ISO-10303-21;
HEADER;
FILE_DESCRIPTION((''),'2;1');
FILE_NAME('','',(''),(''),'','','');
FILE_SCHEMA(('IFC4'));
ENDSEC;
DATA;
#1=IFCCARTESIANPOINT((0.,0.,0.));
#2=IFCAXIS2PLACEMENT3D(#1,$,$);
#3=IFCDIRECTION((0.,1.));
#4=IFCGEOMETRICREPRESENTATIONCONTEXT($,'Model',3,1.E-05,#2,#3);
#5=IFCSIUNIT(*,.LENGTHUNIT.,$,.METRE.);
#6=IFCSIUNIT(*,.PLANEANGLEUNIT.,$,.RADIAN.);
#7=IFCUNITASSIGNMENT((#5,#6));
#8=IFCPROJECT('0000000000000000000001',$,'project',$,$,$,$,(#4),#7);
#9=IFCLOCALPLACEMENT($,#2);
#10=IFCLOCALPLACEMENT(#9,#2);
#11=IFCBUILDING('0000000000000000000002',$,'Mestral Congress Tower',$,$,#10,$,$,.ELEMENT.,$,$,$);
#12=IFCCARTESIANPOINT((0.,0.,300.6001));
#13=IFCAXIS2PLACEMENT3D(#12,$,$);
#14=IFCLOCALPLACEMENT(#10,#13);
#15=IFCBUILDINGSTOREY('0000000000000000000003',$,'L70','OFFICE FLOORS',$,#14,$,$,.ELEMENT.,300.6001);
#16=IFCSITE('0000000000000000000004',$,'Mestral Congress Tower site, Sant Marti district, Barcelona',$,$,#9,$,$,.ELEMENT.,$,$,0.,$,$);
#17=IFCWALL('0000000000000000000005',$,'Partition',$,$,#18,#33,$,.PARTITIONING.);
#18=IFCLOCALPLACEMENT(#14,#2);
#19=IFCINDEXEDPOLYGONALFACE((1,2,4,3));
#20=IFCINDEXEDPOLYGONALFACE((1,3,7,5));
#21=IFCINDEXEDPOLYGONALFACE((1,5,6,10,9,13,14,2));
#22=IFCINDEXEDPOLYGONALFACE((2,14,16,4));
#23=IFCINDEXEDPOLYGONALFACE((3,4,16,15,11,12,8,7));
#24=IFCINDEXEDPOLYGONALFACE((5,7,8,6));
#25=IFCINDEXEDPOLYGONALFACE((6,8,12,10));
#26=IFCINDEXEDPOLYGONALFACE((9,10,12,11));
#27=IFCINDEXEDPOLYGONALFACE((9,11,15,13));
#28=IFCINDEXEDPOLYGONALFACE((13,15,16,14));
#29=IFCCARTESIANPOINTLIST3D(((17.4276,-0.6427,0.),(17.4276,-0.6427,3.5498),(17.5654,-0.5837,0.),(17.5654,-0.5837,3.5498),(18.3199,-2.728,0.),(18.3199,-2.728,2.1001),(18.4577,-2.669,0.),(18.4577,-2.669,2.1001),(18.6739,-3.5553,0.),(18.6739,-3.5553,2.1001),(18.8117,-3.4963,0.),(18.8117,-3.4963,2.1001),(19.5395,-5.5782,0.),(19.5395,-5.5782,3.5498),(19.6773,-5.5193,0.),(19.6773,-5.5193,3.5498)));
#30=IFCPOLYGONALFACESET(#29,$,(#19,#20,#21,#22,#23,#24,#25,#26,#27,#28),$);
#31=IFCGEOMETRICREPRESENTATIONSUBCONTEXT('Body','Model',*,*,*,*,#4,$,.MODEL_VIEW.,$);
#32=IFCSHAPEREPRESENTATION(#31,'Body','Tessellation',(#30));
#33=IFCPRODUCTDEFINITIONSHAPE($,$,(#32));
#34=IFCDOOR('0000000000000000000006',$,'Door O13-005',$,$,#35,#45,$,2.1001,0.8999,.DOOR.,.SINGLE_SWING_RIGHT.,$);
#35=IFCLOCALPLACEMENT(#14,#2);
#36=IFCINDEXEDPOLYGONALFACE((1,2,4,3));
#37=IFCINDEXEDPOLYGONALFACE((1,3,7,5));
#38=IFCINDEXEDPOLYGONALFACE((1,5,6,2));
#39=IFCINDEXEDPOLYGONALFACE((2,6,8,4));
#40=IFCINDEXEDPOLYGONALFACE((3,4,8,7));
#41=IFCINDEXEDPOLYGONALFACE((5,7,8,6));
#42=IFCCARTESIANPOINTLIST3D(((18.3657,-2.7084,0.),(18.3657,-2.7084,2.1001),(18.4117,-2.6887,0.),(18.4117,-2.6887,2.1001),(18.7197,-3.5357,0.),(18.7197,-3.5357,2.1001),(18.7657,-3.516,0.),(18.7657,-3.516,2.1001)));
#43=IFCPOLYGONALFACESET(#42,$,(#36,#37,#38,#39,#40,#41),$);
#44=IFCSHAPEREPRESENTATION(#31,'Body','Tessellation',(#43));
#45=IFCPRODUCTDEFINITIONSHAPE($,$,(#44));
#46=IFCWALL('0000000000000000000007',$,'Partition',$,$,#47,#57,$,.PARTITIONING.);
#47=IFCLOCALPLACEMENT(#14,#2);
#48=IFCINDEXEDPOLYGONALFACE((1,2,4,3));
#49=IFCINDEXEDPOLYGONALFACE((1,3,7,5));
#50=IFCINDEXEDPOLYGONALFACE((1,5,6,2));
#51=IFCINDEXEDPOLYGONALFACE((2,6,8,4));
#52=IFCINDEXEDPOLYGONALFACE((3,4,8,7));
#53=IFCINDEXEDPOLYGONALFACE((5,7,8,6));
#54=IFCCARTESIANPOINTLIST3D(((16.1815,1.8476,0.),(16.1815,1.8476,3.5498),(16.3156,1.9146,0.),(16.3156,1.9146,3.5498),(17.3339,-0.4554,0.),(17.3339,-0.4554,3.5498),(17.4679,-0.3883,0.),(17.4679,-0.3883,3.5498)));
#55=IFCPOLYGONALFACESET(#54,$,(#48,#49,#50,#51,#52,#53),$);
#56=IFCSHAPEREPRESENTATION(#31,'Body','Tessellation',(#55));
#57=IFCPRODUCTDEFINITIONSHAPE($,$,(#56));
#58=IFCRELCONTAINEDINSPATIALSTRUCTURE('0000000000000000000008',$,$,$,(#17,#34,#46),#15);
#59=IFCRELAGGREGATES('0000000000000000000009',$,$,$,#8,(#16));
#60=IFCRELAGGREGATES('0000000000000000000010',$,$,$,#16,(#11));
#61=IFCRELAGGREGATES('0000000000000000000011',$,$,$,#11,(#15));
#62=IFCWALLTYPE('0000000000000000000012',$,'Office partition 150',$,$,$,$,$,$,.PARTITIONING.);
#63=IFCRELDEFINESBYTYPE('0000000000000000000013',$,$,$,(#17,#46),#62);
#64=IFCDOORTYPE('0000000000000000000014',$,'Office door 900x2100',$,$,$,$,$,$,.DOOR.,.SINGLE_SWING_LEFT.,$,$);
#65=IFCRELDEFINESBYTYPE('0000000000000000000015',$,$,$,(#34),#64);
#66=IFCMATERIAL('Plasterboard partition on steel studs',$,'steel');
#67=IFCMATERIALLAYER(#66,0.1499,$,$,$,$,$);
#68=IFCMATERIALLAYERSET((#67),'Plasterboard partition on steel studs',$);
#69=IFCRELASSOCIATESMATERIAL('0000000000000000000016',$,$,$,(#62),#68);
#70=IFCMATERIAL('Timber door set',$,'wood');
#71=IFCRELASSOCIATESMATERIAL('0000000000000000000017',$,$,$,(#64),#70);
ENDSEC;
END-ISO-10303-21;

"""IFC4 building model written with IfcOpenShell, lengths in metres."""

from ifc_helpers import new_model, si_unit, direction, frame, frame_2d, origin, place, context, subcontext, project, spatial, rectangle, extrude, material, layer, layer_set, type_object, element, fill, save


model = new_model("IFC4")

# Units and contexts
model_context = context("Model", 3, precision=1e-05, world=origin(), true_north=direction((0.0, 1.0)))
body_context = subcontext(model_context, "Body", "Model", "MODEL_VIEW")
ifc_project = project(units=[si_unit("LENGTHUNIT", "METRE"), si_unit("PLANEANGLEUNIT", "RADIAN")], contexts=[model_context])

# Site, building, storey
site_placement = place(None, origin())
site = spatial("IfcSite", under=ifc_project, at=site_placement, Name="Mestral Congress Tower site, Sant Marti district, Barcelona", CompositionType="ELEMENT", RefElevation=0.0)
building_placement = place(site_placement, origin())
building = spatial("IfcBuilding", under=site, at=building_placement, Name="Mestral Congress Tower", CompositionType="ELEMENT")
storey_placement = place(building_placement, frame((0.0, 0.0, 300.6001)))
storey = spatial("IfcBuildingStorey", under=building, at=storey_placement, Name="L70", Description="OFFICE FLOORS", CompositionType="ELEMENT", Elevation=300.6001)

# Wall, opening, door
ifc_material_1 = material(Name="Plasterboard partition on steel studs", Category="steel")
ifc_layer_1 = layer(ifc_material_1, 0.1499)
ifc_layer_set_1 = layer_set([ifc_layer_1], Name="Plasterboard partition on steel studs")
wall_type_1 = type_object("IfcWallType", Name="Office partition 150", PredefinedType="PARTITIONING", material=ifc_layer_set_1)
wall_1_placement = place(storey_placement, frame((17.4966, -0.6133, 0.0), z_axis=(0.0, 0.0, 1.0), x_axis=(0.393381, -0.919375, 0.0)))
wall_1 = element("IfcWall", 1, at=wall_1_placement, inside=storey, type_object=wall_type_1, Name="Partition", PredefinedType="PARTITIONING", context=body_context, shape_type="SweptSolid", body=[
    extrude(rectangle(XDim=5.3684, YDim=0.1499, at=frame_2d((2.6841, 0.0))), origin(), (0.0, 0.0, 1.0), 3.5498),
])
opening_1_placement = place(wall_1_placement, frame((2.2681, 0.0, 0.0)))
opening_1 = element("IfcOpeningElement", 2, at=opening_1_placement, cuts=wall_1, PredefinedType="OPENING", context=body_context, shape_type="SweptSolid", body=[
    extrude(rectangle(XDim=0.8999, YDim=2.1001, at=frame_2d((0.45, 1.05))), frame((0.0, 0.085, 0.0), z_axis=(0.0, -1.0, 0.0), x_axis=(1.0, 0.0, 0.0)), (0.0, 0.0, 1.0), 0.1699),
])
ifc_material_2 = material(Name="Timber door set", Category="wood")
door_type = type_object("IfcDoorType", Name="Office door 900x2100", OperationType="SINGLE_SWING_LEFT", PredefinedType="DOOR", material=ifc_material_2)
door_placement = place(opening_1_placement, origin())
door = element("IfcDoor", 3, at=door_placement, inside=storey, type_object=door_type, Name="Door O13-005", OperationType="SINGLE_SWING_RIGHT", OverallHeight=2.1001, OverallWidth=0.8999, PredefinedType="DOOR", context=body_context, shape_type="SweptSolid", body=[
    extrude(rectangle(XDim=0.8999, YDim=2.1001, at=frame_2d((0.45, 1.05))), frame((0.0, 0.0249, 0.0), z_axis=(0.0, -1.0, 0.0), x_axis=(1.0, 0.0, 0.0)), (0.0, 0.0, 1.0), 0.05),
])
fill(opening_1, door)

# Wall
wall_2_placement = place(storey_placement, frame((17.4009, -0.4219, 0.0), z_axis=(0.0, 0.0, 1.0), x_axis=(-0.447479, 0.894294, 0.0)))
element("IfcWall", 4, at=wall_2_placement, inside=storey, type_object=wall_type_1, Name="Partition", PredefinedType="PARTITIONING", context=body_context, shape_type="SweptSolid", body=[
    extrude(rectangle(XDim=2.5752, YDim=0.1499, at=frame_2d((1.2876, 0.0))), origin(), (0.0, 0.0, 1.0), 3.5498),
])

save(model, "model.ifc")
